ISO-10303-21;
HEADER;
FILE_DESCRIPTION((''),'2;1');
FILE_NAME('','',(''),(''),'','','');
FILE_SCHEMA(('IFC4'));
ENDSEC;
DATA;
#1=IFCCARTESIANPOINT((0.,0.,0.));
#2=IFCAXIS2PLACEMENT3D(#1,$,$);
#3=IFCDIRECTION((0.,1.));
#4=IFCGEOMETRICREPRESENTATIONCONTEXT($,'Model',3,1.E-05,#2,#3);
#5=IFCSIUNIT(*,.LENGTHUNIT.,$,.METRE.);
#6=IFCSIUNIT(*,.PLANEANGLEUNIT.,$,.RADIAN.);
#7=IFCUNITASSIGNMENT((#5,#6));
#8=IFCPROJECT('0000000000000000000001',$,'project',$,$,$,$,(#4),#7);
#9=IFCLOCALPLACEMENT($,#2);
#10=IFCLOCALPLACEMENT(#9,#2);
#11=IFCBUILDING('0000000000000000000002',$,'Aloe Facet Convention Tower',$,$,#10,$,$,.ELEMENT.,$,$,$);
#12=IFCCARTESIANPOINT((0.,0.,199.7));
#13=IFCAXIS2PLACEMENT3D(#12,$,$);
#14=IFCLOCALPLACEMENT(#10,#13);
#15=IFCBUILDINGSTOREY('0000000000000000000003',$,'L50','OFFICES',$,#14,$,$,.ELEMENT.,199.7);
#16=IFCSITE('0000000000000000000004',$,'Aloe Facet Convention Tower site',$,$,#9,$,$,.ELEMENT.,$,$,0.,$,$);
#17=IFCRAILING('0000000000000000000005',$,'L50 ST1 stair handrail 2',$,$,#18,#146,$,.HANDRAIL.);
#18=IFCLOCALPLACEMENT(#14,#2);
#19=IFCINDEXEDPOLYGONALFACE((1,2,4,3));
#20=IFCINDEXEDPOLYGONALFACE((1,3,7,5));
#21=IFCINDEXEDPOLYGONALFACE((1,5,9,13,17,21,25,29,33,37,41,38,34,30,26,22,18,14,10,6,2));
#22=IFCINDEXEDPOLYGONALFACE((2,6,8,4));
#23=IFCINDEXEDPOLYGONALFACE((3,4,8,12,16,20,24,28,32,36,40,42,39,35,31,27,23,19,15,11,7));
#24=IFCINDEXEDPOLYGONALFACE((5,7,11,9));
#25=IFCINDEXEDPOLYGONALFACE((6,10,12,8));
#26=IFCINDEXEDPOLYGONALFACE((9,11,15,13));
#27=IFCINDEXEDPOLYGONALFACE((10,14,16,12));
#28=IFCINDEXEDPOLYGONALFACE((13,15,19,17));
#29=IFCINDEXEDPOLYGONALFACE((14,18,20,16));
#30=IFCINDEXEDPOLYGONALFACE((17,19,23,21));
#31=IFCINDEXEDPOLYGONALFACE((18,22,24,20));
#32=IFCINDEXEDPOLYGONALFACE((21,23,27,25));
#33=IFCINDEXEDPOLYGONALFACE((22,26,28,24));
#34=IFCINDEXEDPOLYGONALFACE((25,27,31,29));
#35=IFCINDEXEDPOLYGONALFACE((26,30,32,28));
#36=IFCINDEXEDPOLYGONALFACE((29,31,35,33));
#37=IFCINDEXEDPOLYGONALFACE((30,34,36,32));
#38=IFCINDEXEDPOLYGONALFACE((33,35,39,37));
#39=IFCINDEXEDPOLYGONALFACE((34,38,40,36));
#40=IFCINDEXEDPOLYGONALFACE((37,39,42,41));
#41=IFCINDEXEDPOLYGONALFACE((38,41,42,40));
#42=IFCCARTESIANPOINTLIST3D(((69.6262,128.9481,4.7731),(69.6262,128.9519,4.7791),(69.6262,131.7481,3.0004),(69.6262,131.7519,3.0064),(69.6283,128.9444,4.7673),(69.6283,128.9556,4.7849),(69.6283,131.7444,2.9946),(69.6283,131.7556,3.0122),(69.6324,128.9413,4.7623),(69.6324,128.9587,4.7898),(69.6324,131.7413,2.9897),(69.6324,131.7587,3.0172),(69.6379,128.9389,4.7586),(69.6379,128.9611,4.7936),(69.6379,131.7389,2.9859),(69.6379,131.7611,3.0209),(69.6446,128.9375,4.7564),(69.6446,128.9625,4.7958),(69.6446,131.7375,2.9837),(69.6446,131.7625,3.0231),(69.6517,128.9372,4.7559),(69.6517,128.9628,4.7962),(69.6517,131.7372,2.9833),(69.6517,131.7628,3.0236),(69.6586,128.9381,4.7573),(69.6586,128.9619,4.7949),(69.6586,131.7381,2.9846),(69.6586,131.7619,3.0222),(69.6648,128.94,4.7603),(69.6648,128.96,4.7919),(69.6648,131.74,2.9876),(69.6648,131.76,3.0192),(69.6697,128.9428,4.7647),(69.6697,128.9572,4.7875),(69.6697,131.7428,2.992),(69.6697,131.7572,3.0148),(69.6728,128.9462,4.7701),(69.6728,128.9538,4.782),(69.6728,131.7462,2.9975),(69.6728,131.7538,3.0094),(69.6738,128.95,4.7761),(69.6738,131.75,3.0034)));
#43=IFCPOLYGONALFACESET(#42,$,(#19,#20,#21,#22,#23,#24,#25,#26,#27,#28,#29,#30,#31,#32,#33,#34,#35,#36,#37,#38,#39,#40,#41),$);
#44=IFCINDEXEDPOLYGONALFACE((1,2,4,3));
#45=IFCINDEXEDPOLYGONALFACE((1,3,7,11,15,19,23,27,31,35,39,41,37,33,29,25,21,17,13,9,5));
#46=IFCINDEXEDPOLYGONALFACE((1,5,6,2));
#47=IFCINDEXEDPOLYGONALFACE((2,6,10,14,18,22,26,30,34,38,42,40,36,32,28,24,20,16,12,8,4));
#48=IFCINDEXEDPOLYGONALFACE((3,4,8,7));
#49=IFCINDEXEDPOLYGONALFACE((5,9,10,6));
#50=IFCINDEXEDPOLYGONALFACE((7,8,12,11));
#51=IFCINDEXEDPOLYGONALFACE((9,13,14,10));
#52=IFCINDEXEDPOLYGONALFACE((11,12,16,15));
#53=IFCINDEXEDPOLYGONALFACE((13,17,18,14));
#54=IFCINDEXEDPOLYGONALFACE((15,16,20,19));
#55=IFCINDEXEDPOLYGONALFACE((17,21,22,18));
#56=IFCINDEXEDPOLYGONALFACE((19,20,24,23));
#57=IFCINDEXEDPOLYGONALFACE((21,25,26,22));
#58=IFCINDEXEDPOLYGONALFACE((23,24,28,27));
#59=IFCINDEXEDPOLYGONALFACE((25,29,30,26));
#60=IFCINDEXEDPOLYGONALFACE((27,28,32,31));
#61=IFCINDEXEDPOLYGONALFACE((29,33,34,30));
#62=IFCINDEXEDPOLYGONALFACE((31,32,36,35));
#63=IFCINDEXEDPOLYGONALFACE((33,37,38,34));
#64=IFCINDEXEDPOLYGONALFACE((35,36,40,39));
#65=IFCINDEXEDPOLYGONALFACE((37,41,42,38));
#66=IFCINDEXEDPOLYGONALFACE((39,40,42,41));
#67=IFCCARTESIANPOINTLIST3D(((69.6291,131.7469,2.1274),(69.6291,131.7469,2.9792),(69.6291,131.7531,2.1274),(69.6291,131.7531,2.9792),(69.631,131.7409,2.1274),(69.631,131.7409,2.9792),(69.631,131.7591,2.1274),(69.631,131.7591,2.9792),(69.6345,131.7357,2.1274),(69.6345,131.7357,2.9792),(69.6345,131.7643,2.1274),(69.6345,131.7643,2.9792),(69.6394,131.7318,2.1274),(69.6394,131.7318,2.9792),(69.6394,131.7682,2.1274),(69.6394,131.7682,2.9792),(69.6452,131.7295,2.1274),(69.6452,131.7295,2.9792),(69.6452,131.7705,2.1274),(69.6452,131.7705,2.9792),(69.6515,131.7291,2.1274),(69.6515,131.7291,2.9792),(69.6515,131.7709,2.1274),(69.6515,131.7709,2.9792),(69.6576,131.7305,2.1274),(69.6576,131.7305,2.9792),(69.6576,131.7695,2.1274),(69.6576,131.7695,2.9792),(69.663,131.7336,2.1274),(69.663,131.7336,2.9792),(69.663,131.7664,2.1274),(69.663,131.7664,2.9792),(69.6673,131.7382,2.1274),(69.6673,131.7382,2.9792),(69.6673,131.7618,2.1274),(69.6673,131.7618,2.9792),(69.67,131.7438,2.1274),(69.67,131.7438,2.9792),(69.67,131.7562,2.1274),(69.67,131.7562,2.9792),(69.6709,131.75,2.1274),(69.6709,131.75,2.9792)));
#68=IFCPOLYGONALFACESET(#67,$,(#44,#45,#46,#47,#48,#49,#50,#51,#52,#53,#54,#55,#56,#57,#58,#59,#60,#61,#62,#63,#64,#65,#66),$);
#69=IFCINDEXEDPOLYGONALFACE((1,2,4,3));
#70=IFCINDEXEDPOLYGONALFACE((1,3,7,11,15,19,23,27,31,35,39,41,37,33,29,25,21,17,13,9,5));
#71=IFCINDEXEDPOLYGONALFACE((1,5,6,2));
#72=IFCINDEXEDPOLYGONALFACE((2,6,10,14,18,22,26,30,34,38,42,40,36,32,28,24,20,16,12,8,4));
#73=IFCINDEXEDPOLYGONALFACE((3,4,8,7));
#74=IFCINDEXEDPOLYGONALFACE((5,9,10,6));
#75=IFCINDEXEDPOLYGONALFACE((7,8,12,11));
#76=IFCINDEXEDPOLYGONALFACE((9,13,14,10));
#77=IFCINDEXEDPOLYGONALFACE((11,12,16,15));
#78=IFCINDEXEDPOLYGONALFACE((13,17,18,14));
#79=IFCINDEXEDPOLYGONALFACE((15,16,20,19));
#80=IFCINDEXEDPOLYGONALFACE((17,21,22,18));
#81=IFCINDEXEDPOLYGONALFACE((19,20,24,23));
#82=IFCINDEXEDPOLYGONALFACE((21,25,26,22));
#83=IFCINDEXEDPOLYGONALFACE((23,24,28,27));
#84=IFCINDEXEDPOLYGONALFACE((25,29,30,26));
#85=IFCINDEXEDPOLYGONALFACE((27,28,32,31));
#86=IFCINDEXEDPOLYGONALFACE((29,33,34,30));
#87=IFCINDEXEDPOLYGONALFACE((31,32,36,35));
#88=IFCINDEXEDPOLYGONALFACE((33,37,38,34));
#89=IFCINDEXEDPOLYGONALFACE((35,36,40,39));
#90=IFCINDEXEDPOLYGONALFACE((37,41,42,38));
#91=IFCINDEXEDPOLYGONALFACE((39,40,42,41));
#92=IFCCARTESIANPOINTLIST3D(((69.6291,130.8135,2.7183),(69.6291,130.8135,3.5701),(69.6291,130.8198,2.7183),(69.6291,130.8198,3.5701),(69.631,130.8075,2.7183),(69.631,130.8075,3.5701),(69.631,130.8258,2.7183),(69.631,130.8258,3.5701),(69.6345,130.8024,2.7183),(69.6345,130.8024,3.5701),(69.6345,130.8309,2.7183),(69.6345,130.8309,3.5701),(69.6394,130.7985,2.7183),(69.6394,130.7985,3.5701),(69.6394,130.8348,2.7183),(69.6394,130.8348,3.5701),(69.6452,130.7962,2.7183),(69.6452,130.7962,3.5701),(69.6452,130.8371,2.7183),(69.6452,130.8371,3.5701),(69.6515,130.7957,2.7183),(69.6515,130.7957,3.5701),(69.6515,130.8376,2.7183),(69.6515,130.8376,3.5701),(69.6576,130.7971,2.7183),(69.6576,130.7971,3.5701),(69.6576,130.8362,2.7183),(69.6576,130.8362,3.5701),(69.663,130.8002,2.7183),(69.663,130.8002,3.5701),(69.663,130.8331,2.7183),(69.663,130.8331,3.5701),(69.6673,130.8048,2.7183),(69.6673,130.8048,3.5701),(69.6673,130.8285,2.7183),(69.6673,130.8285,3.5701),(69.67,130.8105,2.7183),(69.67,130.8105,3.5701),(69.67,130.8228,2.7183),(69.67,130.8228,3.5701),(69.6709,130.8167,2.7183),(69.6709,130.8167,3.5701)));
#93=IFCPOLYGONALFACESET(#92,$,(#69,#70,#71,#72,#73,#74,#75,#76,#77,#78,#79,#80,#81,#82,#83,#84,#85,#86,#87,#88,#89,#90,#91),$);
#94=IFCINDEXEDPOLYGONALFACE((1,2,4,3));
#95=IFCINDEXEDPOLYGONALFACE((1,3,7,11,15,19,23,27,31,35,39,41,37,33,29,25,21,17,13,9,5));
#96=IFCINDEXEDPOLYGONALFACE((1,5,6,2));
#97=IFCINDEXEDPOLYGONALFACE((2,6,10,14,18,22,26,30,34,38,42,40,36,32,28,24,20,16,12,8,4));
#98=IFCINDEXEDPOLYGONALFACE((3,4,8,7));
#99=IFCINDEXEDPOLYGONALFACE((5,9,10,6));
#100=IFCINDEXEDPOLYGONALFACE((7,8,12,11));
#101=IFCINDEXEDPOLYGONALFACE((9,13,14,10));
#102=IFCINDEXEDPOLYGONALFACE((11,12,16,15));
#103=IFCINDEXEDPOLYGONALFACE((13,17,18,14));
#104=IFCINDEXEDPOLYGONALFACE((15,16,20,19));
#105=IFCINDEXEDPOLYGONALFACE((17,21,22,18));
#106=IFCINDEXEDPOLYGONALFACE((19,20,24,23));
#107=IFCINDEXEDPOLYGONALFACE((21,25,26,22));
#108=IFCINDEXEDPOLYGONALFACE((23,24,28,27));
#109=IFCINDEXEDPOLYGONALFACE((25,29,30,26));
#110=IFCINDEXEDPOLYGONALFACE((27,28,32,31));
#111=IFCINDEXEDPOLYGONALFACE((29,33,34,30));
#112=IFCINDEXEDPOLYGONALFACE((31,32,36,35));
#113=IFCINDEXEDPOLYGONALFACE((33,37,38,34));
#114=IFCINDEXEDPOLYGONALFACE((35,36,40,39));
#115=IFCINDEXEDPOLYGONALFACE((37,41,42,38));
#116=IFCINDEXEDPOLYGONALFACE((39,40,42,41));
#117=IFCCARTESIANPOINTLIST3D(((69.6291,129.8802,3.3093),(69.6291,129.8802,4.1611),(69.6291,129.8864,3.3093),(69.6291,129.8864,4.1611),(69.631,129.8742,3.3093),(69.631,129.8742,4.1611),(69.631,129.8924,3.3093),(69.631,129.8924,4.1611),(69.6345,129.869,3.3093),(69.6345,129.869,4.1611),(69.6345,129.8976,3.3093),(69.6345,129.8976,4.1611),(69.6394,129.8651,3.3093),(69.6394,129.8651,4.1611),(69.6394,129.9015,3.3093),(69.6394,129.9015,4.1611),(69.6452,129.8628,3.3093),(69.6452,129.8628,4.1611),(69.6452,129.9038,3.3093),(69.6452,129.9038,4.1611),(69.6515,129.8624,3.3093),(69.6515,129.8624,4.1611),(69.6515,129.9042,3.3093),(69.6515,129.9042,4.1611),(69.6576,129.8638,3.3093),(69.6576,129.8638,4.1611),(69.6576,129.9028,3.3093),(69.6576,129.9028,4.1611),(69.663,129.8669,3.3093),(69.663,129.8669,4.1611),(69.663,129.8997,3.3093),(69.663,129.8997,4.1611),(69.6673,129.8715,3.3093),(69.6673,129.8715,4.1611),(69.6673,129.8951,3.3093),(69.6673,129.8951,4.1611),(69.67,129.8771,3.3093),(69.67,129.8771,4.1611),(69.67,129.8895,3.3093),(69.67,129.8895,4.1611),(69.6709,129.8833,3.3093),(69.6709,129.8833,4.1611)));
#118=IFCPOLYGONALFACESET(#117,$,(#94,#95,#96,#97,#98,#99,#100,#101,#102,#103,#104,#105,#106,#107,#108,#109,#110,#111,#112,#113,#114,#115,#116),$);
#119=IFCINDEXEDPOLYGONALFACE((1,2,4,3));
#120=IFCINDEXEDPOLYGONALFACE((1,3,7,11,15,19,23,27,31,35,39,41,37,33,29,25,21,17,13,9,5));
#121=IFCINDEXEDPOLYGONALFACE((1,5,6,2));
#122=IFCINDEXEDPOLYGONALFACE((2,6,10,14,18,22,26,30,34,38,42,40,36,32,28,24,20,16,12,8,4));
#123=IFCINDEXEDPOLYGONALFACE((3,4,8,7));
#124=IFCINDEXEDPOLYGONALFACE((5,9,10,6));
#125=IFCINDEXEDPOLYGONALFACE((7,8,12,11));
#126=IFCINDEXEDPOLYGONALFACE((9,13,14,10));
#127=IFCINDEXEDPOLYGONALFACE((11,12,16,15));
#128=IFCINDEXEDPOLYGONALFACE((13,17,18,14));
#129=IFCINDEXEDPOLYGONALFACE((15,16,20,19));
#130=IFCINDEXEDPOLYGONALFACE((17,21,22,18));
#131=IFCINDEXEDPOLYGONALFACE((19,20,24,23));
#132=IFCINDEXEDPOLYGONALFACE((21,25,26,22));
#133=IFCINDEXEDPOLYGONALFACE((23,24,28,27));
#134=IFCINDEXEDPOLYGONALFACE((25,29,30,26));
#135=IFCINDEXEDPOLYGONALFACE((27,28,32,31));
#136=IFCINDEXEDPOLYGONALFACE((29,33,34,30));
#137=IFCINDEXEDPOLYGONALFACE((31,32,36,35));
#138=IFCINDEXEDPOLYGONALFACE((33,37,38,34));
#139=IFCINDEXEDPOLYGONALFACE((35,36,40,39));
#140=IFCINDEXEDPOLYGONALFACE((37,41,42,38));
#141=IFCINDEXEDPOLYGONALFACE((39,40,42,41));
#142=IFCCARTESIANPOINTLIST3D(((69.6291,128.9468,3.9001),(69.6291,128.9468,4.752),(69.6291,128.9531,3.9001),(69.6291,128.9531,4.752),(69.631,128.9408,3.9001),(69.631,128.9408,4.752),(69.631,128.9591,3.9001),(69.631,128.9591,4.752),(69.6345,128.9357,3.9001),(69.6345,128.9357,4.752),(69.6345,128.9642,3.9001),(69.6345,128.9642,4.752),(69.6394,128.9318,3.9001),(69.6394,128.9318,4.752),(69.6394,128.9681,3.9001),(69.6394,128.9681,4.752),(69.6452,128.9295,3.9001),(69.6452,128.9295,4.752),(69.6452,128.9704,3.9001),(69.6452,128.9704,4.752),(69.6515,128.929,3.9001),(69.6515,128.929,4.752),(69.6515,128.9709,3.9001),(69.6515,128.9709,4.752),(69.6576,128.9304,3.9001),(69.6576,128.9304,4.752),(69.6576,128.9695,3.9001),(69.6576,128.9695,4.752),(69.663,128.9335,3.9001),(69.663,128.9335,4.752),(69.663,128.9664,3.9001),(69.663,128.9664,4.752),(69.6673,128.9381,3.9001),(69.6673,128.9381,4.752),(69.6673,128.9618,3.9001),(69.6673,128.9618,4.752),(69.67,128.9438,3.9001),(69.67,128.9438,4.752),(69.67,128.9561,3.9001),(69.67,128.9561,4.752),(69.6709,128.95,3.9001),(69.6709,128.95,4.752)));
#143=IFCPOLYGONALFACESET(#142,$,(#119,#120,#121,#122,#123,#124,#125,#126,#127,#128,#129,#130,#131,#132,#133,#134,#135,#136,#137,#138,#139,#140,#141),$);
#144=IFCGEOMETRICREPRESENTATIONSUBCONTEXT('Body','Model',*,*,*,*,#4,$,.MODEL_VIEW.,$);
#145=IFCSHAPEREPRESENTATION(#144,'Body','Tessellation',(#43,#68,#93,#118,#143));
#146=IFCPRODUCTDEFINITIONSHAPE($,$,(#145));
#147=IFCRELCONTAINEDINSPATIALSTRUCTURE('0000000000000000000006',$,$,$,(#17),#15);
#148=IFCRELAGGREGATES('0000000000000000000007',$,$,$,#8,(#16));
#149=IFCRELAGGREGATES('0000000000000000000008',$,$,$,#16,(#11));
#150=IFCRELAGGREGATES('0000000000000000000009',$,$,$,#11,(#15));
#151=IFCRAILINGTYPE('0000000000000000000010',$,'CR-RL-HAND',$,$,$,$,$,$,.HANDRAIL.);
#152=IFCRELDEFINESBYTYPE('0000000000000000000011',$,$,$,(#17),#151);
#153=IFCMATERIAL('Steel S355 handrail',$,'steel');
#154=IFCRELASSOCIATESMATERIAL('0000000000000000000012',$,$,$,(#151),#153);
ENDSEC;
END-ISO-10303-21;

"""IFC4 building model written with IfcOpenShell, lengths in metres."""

from ifc_helpers import new_model, si_unit, direction, frame, origin, origin_2d, place, context, subcontext, project, spatial, circle, extrude, material, type_object, element, save


model = new_model("IFC4")

# Units and contexts
model_context = context("Model", 3, precision=1e-05, world=origin(), true_north=direction((0.0, 1.0)))
body_context = subcontext(model_context, "Body", "Model", "MODEL_VIEW")
ifc_project = project(units=[si_unit("LENGTHUNIT", "METRE"), si_unit("PLANEANGLEUNIT", "RADIAN")], contexts=[model_context])

# Site, building, storey
site_placement = place(None, origin())
site = spatial("IfcSite", under=ifc_project, at=site_placement, Name="Aloe Facet Convention Tower site", CompositionType="ELEMENT", RefElevation=0.0)
building_placement = place(site_placement, origin())
building = spatial("IfcBuilding", under=site, at=building_placement, Name="Aloe Facet Convention Tower", CompositionType="ELEMENT")
storey_placement = place(building_placement, frame((0.0, 0.0, 199.7)))
storey = spatial("IfcBuildingStorey", under=building, at=storey_placement, Name="L50", Description="OFFICES", CompositionType="ELEMENT", Elevation=199.7)

# Railing
ifc_material_1 = material(Name="Steel S355 handrail", Category="steel")
railing_type_1 = type_object("IfcRailingType", Name="CR-RL-HAND", PredefinedType="HANDRAIL", material=ifc_material_1)
railing_1_placement = place(storey_placement, frame((69.6499, 131.75, 2.1274)))
element("IfcRailing", 1, at=railing_1_placement, inside=storey, type_object=railing_type_1, Name="L50 ST1 stair handrail 2", PredefinedType="HANDRAIL", context=body_context, shape_type="SweptSolid", body=[
    extrude(circle(Radius=0.0239, at=origin_2d()), frame((0.0, 0.0, 0.876), z_axis=(0.0, -0.844909, 0.53491), x_axis=(1.0, 0.0, 0.0)), (0.0, 0.0, 1.0), 3.314),
    extrude(circle(Radius=0.021, at=origin_2d()), origin(), (0.0, 0.0, 1.0), 0.8518),
    extrude(circle(Radius=0.021, at=origin_2d()), frame((0.0, -0.9333, 0.5908)), (0.0, 0.0, 1.0), 0.8518),
    extrude(circle(Radius=0.021, at=origin_2d()), frame((0.0, -1.8667, 1.1819)), (0.0, 0.0, 1.0), 0.8518),
    extrude(circle(Radius=0.021, at=origin_2d()), frame((0.0, -2.8, 1.7727)), (0.0, 0.0, 1.0), 0.8518),
])

save(model, "model.ifc")
